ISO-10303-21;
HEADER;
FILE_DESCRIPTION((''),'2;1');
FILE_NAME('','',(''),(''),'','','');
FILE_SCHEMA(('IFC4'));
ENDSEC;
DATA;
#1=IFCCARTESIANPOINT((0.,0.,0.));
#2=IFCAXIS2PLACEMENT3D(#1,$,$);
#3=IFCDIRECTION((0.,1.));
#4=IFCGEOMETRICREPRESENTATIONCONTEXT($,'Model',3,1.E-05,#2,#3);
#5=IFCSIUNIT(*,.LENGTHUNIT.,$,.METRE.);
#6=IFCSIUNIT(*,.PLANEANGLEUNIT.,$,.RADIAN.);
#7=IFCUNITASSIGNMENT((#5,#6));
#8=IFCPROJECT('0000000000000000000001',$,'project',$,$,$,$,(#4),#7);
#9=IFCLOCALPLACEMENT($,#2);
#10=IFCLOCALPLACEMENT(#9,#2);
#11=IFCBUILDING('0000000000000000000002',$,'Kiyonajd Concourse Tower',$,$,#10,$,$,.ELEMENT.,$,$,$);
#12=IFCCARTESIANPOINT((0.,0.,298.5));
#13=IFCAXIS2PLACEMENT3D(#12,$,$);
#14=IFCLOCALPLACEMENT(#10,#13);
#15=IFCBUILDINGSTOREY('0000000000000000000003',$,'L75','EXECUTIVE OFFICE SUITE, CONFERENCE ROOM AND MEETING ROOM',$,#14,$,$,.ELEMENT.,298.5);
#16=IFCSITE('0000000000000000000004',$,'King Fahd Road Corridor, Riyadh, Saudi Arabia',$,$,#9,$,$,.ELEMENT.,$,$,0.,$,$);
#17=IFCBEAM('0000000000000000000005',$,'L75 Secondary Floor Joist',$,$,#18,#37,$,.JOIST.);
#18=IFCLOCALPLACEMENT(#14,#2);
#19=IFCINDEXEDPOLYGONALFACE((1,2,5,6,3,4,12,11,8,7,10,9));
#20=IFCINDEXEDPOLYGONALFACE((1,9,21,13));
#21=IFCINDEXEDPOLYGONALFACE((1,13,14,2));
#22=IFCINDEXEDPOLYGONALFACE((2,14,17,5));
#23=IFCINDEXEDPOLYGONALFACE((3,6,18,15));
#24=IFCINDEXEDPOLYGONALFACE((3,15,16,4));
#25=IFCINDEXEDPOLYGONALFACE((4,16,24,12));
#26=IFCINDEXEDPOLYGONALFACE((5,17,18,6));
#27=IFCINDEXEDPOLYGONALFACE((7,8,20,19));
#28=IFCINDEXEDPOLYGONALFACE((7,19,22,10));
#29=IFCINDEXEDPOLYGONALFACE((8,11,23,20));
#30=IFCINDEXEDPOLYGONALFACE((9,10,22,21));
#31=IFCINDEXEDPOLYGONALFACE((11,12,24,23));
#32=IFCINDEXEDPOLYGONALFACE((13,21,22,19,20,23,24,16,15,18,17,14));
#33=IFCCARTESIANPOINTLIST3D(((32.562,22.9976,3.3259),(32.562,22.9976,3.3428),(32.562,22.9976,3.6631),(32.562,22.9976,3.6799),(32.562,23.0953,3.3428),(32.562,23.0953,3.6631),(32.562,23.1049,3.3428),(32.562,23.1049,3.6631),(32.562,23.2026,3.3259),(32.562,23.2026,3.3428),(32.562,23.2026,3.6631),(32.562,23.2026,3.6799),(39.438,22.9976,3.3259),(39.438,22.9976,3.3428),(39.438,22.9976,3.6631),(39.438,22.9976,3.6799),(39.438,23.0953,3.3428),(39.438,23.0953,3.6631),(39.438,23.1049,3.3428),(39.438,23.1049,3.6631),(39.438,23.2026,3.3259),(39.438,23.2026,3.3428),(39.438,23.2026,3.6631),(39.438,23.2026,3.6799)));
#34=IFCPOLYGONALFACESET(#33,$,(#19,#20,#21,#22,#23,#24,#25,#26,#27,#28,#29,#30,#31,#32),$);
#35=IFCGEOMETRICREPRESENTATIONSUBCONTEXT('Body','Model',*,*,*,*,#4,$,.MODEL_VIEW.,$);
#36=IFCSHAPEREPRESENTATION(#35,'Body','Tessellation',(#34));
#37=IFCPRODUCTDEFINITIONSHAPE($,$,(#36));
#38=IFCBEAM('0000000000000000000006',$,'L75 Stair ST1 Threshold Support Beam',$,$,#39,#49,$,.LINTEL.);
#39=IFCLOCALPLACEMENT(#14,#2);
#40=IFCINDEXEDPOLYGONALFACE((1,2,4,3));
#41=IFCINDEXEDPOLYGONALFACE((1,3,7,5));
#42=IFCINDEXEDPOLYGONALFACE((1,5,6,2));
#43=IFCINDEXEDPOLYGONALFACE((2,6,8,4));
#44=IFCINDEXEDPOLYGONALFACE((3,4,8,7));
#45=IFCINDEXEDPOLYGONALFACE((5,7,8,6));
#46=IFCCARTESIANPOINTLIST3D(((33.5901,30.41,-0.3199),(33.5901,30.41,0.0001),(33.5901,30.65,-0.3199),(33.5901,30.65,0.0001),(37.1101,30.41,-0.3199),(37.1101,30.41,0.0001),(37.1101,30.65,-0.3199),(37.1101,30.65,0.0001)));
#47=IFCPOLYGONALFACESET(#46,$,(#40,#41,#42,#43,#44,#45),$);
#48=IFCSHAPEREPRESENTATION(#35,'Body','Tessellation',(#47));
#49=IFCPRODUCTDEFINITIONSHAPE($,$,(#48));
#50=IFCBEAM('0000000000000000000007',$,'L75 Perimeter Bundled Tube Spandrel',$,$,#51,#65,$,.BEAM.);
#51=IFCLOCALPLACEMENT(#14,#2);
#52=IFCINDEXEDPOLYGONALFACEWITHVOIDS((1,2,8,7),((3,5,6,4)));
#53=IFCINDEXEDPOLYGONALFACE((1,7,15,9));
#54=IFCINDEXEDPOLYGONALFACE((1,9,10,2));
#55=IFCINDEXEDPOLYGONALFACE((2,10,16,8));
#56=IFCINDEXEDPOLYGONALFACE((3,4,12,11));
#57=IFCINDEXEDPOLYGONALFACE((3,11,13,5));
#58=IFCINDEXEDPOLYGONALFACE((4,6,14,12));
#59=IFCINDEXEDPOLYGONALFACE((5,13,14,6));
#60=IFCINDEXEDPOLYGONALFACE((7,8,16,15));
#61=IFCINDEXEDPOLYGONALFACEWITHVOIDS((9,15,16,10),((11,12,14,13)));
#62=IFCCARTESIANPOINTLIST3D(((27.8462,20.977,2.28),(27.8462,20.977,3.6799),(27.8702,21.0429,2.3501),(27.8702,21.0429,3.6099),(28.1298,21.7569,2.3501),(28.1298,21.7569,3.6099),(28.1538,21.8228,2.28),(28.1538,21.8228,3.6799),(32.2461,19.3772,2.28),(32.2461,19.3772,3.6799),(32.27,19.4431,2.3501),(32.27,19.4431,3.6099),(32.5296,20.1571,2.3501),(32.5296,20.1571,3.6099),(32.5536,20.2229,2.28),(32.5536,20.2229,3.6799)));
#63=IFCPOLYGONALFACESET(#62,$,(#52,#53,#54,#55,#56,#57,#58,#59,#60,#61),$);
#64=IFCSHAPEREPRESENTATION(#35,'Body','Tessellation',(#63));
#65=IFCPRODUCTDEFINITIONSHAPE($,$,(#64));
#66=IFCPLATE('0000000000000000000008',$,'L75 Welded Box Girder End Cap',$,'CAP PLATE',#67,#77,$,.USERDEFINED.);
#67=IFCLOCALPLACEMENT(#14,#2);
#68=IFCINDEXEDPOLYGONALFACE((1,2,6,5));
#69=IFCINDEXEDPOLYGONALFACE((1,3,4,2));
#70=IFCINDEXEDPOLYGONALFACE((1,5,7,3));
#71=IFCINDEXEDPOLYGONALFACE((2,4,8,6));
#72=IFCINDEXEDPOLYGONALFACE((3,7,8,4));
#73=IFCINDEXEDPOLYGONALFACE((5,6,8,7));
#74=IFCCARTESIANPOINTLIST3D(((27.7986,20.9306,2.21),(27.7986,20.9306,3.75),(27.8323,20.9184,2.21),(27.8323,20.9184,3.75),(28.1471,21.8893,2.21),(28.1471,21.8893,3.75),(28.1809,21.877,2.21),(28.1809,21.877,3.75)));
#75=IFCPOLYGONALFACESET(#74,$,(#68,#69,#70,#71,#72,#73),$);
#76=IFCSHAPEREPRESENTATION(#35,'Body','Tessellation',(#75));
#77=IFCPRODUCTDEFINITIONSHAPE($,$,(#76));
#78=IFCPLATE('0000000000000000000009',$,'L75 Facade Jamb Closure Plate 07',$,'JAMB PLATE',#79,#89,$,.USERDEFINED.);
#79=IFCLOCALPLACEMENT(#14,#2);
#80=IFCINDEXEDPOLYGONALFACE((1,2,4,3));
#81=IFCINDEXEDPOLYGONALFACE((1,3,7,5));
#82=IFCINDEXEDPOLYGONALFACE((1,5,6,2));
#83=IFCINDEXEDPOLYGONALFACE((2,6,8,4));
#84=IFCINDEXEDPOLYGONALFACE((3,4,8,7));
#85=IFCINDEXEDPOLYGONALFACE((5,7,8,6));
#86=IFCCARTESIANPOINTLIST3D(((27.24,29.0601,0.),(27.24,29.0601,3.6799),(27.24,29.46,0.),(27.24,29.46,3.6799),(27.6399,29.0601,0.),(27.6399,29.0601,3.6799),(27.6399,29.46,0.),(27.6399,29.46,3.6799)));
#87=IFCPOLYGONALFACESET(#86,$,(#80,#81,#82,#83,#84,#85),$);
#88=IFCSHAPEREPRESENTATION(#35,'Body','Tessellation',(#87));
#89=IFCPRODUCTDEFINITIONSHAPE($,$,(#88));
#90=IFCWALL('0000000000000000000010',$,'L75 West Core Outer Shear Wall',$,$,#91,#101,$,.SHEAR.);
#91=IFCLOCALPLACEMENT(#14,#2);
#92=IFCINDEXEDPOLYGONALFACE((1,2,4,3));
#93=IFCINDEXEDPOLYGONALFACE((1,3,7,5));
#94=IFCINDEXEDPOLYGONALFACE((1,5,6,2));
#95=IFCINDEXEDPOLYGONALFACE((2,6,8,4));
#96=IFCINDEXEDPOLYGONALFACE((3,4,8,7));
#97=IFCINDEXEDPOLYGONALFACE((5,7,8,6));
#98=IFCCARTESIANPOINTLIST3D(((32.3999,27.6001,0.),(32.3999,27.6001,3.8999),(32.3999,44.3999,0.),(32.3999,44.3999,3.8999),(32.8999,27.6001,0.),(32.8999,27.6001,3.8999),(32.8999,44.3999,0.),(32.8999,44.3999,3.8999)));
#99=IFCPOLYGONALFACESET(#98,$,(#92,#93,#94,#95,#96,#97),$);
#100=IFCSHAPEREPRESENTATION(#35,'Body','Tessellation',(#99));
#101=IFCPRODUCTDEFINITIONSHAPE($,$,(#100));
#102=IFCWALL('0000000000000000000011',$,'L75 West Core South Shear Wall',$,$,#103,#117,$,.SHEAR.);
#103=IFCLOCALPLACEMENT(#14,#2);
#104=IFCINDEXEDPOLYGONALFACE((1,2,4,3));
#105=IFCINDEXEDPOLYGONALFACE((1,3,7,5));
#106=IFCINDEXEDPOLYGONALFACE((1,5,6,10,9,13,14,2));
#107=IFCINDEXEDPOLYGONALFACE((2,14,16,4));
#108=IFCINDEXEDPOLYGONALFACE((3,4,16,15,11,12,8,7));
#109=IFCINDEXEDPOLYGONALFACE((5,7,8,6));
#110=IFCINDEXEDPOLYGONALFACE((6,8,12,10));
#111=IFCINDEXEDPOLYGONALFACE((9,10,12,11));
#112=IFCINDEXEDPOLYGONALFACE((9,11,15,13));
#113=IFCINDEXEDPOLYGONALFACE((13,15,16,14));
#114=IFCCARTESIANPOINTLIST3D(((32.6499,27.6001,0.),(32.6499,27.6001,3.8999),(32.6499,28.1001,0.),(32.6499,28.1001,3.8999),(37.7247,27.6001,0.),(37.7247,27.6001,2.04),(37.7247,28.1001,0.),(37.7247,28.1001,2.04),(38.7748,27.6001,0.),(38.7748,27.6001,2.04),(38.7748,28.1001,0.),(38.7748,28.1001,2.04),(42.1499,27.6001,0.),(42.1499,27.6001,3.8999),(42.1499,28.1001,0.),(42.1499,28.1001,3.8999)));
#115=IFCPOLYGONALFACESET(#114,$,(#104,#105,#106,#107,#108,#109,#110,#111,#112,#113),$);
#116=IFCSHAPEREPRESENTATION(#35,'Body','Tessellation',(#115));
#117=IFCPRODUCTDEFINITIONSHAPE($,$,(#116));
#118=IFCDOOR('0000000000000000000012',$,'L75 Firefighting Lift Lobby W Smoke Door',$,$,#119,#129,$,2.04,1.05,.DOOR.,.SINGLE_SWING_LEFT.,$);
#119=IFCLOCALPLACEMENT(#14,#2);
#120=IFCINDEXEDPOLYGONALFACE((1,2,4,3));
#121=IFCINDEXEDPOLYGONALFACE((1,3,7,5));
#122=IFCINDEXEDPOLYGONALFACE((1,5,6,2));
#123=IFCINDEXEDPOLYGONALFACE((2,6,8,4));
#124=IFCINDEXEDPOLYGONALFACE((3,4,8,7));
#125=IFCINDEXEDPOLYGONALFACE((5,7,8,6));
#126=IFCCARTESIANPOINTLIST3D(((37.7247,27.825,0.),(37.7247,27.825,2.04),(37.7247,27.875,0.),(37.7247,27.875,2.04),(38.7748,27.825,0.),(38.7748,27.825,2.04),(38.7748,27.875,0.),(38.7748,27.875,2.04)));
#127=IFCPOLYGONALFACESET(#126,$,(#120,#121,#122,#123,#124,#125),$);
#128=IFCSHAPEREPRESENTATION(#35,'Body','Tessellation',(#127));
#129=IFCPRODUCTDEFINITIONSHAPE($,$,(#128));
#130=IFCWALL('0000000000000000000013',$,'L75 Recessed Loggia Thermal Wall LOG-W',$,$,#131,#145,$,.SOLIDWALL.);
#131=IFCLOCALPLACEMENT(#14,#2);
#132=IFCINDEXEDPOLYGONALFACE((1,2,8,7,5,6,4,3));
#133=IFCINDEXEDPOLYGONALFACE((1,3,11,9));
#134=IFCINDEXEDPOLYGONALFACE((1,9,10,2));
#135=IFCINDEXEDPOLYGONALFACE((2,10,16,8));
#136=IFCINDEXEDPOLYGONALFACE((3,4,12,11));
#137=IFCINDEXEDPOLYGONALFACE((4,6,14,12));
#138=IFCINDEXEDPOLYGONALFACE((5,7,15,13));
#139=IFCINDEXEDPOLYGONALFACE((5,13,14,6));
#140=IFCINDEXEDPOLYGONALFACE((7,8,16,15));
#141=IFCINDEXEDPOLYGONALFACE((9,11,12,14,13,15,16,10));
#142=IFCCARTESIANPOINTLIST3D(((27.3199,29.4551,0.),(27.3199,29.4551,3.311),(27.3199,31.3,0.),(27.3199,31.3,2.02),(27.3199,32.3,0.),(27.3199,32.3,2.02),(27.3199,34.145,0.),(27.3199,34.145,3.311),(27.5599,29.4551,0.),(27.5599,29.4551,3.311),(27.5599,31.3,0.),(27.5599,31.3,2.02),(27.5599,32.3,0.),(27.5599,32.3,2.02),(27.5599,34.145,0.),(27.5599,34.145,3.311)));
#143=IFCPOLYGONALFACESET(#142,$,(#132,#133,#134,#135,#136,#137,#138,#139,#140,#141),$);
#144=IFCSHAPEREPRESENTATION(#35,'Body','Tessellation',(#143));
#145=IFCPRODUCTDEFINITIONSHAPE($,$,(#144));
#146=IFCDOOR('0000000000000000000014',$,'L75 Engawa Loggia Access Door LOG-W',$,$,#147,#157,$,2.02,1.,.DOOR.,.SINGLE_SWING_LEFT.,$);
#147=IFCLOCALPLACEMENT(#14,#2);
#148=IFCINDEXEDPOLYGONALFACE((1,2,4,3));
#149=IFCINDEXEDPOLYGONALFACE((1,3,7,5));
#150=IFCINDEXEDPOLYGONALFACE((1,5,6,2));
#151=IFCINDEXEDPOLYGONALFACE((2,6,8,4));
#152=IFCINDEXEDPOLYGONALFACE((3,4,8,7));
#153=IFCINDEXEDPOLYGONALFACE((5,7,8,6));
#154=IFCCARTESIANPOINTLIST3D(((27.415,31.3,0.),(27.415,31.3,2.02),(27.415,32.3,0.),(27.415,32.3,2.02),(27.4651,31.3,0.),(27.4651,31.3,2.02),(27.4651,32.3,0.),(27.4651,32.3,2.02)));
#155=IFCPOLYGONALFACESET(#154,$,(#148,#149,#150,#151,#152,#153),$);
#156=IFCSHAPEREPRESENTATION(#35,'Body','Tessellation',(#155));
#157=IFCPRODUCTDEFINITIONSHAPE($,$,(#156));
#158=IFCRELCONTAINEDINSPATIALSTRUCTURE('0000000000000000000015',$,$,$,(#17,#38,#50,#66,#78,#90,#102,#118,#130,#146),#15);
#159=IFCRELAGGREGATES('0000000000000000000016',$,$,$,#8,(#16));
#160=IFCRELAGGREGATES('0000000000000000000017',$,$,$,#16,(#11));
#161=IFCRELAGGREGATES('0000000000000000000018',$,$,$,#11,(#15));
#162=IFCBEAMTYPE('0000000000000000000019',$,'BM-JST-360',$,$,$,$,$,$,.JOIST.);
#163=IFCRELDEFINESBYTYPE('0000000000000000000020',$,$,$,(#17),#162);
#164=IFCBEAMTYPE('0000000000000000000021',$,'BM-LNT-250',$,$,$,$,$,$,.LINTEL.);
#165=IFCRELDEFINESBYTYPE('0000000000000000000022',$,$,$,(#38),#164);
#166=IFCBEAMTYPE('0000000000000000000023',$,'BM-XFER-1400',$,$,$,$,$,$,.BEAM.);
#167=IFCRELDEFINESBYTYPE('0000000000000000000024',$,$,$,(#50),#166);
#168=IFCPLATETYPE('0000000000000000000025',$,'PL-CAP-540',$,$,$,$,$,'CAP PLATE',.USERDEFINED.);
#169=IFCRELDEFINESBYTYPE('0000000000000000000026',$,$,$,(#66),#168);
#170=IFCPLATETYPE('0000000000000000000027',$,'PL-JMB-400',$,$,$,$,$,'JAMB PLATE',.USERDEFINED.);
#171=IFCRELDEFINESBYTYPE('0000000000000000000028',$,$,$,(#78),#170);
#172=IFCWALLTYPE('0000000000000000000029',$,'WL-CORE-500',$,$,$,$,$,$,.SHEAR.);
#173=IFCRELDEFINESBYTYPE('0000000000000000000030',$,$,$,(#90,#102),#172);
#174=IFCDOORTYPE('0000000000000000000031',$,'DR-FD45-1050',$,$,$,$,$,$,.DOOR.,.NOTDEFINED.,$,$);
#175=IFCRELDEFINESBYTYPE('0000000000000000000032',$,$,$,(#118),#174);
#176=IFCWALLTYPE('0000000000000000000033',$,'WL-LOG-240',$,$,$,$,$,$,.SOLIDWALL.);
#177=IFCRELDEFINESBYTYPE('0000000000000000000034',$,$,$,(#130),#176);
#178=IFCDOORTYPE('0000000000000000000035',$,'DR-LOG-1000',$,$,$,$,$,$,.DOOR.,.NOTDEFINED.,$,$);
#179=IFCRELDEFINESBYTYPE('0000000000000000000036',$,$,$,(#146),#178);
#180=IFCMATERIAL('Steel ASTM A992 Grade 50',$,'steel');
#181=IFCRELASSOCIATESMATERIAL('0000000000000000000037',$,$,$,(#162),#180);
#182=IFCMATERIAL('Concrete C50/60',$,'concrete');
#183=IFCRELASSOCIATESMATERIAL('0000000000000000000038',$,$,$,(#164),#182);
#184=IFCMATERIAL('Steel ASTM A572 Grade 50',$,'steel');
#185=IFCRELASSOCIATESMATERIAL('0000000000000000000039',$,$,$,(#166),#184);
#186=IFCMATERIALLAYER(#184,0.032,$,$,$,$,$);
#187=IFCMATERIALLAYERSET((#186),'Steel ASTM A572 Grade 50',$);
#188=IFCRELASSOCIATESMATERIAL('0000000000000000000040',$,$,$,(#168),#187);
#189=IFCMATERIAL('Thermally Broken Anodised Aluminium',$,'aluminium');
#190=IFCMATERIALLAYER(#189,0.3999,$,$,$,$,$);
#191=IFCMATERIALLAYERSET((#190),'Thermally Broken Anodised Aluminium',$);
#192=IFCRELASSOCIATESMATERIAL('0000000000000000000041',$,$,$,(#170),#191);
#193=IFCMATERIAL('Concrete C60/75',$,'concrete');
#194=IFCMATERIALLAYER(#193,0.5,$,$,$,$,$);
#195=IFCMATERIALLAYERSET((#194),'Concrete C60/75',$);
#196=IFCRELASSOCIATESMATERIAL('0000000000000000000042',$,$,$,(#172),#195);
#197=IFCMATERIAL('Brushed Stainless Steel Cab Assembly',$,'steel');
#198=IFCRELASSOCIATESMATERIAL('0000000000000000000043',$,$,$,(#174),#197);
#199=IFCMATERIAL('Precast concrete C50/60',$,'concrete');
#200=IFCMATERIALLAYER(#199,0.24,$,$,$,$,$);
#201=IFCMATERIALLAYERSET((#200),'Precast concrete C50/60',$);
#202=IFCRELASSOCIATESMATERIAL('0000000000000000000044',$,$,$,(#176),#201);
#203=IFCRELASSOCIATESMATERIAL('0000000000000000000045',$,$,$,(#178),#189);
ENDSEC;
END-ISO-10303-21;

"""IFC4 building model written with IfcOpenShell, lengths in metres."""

from ifc_helpers import new_model, si_unit, direction, frame, frame_2d, origin, origin_2d, place, context, subcontext, project, spatial, rectangle, hollow_rectangle, i_section, extrude, material, layer, layer_set, material_profile, profile_set, type_object, element, fill, save


model = new_model("IFC4")

# Units and contexts
model_context = context("Model", 3, precision=1e-05, world=origin(), true_north=direction((0.0, 1.0)))
body_context = subcontext(model_context, "Body", "Model", "MODEL_VIEW")
ifc_project = project(units=[si_unit("LENGTHUNIT", "METRE"), si_unit("PLANEANGLEUNIT", "RADIAN")], contexts=[model_context])

# Site, building, storey
site_placement = place(None, origin())
site = spatial("IfcSite", under=ifc_project, at=site_placement, Name="King Fahd Road Corridor, Riyadh, Saudi Arabia", CompositionType="ELEMENT", RefElevation=0.0)
building_placement = place(site_placement, origin())
building = spatial("IfcBuilding", under=site, at=building_placement, Name="Kiyonajd Concourse Tower", CompositionType="ELEMENT")
storey_placement = place(building_placement, frame((0.0, 0.0, 298.5)))
storey = spatial("IfcBuildingStorey", under=building, at=storey_placement, Name="L75", Description="EXECUTIVE OFFICE SUITE, CONFERENCE ROOM AND MEETING ROOM", CompositionType="ELEMENT", Elevation=298.5)

# Beams
ifc_material_1 = material(Name="Steel ASTM A992 Grade 50", Category="steel")
ifc_material_profile_1 = material_profile(ifc_material_1, i_section(OverallWidth=0.2051, OverallDepth=0.354, WebThickness=0.0095, FlangeThickness=0.0168, at=origin_2d()), Name="W360X79")
ifc_profile_set_1 = profile_set([ifc_material_profile_1], Name="Steel ASTM A992 Grade 50")
beam_type_1 = type_object("IfcBeamType", Name="BM-JST-360", PredefinedType="JOIST", material=ifc_profile_set_1)
beam_1_placement = place(storey_placement, frame((32.562, 23.1001, 3.5029), z_axis=(1.0, 0.0, 0.0), x_axis=(0.0, 1.0, 0.0)))
element("IfcBeam", 1, at=beam_1_placement, inside=storey, type_object=beam_type_1, Name="L75 Secondary Floor Joist", PredefinedType="JOIST", context=body_context, shape_type="SweptSolid", body=[
    extrude(i_section(OverallWidth=0.2051, OverallDepth=0.354, WebThickness=0.0095, FlangeThickness=0.0168, at=origin_2d()), origin(), (0.0, 0.0, 1.0), 6.876),
])
ifc_material_2 = material(Name="Concrete C50/60", Category="concrete")
ifc_material_profile_2 = material_profile(ifc_material_2, rectangle(XDim=0.24, YDim=0.3201, at=origin_2d()), Name="RCBM-240x320")
ifc_profile_set_2 = profile_set([ifc_material_profile_2], Name="Concrete C50/60")
beam_type_2 = type_object("IfcBeamType", Name="BM-LNT-250", PredefinedType="LINTEL", material=ifc_profile_set_2)
beam_2_placement = place(storey_placement, frame((33.5901, 30.53, -0.1599), z_axis=(1.0, 0.0, 0.0), x_axis=(0.0, 1.0, 0.0)))
element("IfcBeam", 2, at=beam_2_placement, inside=storey, type_object=beam_type_2, Name="L75 Stair ST1 Threshold Support Beam", PredefinedType="LINTEL", context=body_context, shape_type="SweptSolid", body=[
    extrude(rectangle(XDim=0.24, YDim=0.3201, at=origin_2d()), origin(), (0.0, 0.0, 1.0), 3.52),
])
ifc_material_3 = material(Name="Steel ASTM A572 Grade 50", Category="steel")
ifc_material_profile_3 = material_profile(ifc_material_3, hollow_rectangle(XDim=0.8999, YDim=1.3999, WallThickness=0.0701, at=origin_2d()), Name="BOX-1400x900x70")
ifc_profile_set_3 = profile_set([ifc_material_profile_3], Name="Steel ASTM A572 Grade 50")
beam_type_3 = type_object("IfcBeamType", Name="BM-XFER-1400", PredefinedType="BEAM", material=ifc_profile_set_3)
beam_3_placement = place(storey_placement, frame((28.0, 21.3999, 2.98), z_axis=(0.939801, -0.341722, 0.0), x_axis=(0.341722, 0.939801, 0.0)))
element("IfcBeam", 3, at=beam_3_placement, inside=storey, type_object=beam_type_3, Name="L75 Perimeter Bundled Tube Spandrel", PredefinedType="BEAM", context=body_context, shape_type="SweptSolid", body=[
    extrude(hollow_rectangle(XDim=0.8999, YDim=1.3999, WallThickness=0.0701, at=origin_2d()), origin(), (0.0, 0.0, 1.0), 4.6816),
])

# Plates
ifc_layer_1 = layer(ifc_material_3, 0.032)
ifc_layer_set_1 = layer_set([ifc_layer_1], Name="Steel ASTM A572 Grade 50")
plate_type_1 = type_object("IfcPlateType", Name="PL-CAP-540", ElementType="CAP PLATE", PredefinedType="USERDEFINED", material=ifc_layer_set_1)
plate_1_placement = place(storey_placement, frame((27.9897, 21.4038, 2.21), z_axis=(0.0, 0.0, 1.0), x_axis=(-0.939812, 0.341692, 0.0)))
element("IfcPlate", 4, at=plate_1_placement, inside=storey, type_object=plate_type_1, Name="L75 Welded Box Girder End Cap", ObjectType="CAP PLATE", PredefinedType="USERDEFINED", context=body_context, shape_type="SweptSolid", body=[
    extrude(rectangle(XDim=0.0359, YDim=1.02, at=origin_2d()), origin(), (0.0, 0.0, 1.0), 1.54),
])
ifc_material_4 = material(Name="Thermally Broken Anodised Aluminium", Category="aluminium")
ifc_layer_2 = layer(ifc_material_4, 0.3999)
ifc_layer_set_2 = layer_set([ifc_layer_2], Name="Thermally Broken Anodised Aluminium")
plate_type_2 = type_object("IfcPlateType", Name="PL-JMB-400", ElementType="JAMB PLATE", PredefinedType="USERDEFINED", material=ifc_layer_set_2)
plate_2_placement = place(storey_placement, frame((27.4399, 29.26, 0.0), z_axis=(0.0, 0.0, 1.0), x_axis=(1.0, 0.0, 0.0)))
element("IfcPlate", 5, at=plate_2_placement, inside=storey, type_object=plate_type_2, Name="L75 Facade Jamb Closure Plate 07", ObjectType="JAMB PLATE", PredefinedType="USERDEFINED", context=body_context, shape_type="SweptSolid", body=[
    extrude(rectangle(XDim=0.3999, YDim=0.3999, at=origin_2d()), origin(), (0.0, 0.0, 1.0), 3.6799),
])

# Wall
ifc_material_5 = material(Name="Concrete C60/75", Category="concrete")
ifc_layer_3 = layer(ifc_material_5, 0.5)
ifc_layer_set_3 = layer_set([ifc_layer_3], Name="Concrete C60/75")
wall_type_1 = type_object("IfcWallType", Name="WL-CORE-500", PredefinedType="SHEAR", material=ifc_layer_set_3)
wall_1_placement = place(storey_placement, frame((32.6499, 27.6001, 0.0), z_axis=(0.0, 0.0, 1.0), x_axis=(0.0, 1.0, 0.0)))
element("IfcWall", 6, at=wall_1_placement, inside=storey, type_object=wall_type_1, Name="L75 West Core Outer Shear Wall", PredefinedType="SHEAR", context=body_context, shape_type="SweptSolid", body=[
    extrude(rectangle(XDim=16.7998, YDim=0.5, at=frame_2d((8.3999, 0.0))), origin(), (0.0, 0.0, 1.0), 3.8999),
])

# Walls, openings, doors
wall_2_placement = place(storey_placement, frame((32.6499, 27.8501, 0.0), z_axis=(0.0, 0.0, 1.0), x_axis=(1.0, 0.0, 0.0)))
wall_2 = element("IfcWall", 7, at=wall_2_placement, inside=storey, type_object=wall_type_1, Name="L75 West Core South Shear Wall", PredefinedType="SHEAR", context=body_context, shape_type="SweptSolid", body=[
    extrude(rectangle(XDim=9.5, YDim=0.5, at=frame_2d((4.75, 0.0))), origin(), (0.0, 0.0, 1.0), 3.8999),
])
opening_1_placement = place(wall_2_placement, frame((5.075, 0.0, 0.0)))
opening_1 = element("IfcOpeningElement", 8, at=opening_1_placement, cuts=wall_2, PredefinedType="OPENING", context=body_context, shape_type="SweptSolid", body=[
    extrude(rectangle(XDim=1.05, YDim=2.04, at=frame_2d((0.5249, 1.02))), frame((0.0, 0.26, 0.0), z_axis=(0.0, -1.0, 0.0), x_axis=(1.0, 0.0, 0.0)), (0.0, 0.0, 1.0), 0.52),
])
ifc_material_6 = material(Name="Brushed Stainless Steel Cab Assembly", Category="steel")
door_type_1 = type_object("IfcDoorType", Name="DR-FD45-1050", OperationType="NOTDEFINED", PredefinedType="DOOR", material=ifc_material_6)
door_1_placement = place(opening_1_placement, origin())
door_1 = element("IfcDoor", 9, at=door_1_placement, inside=storey, type_object=door_type_1, Name="L75 Firefighting Lift Lobby W Smoke Door", OperationType="SINGLE_SWING_LEFT", OverallHeight=2.04, OverallWidth=1.05, PredefinedType="DOOR", context=body_context, shape_type="SweptSolid", body=[
    extrude(rectangle(XDim=1.05, YDim=2.04, at=frame_2d((0.5249, 1.02))), frame((0.0, 0.0249, 0.0), z_axis=(0.0, -1.0, 0.0), x_axis=(1.0, 0.0, 0.0)), (0.0, 0.0, 1.0), 0.05),
])
fill(opening_1, door_1)
ifc_material_7 = material(Name="Precast concrete C50/60", Category="concrete")
ifc_layer_4 = layer(ifc_material_7, 0.24)
ifc_layer_set_4 = layer_set([ifc_layer_4], Name="Precast concrete C50/60")
wall_type_2 = type_object("IfcWallType", Name="WL-LOG-240", PredefinedType="SOLIDWALL", material=ifc_layer_set_4)
wall_3_placement = place(storey_placement, frame((27.4399, 29.4551, 0.0), z_axis=(0.0, 0.0, 1.0), x_axis=(0.0, 1.0, 0.0)))
wall_3 = element("IfcWall", 10, at=wall_3_placement, inside=storey, type_object=wall_type_2, Name="L75 Recessed Loggia Thermal Wall LOG-W", PredefinedType="SOLIDWALL", context=body_context, shape_type="SweptSolid", body=[
    extrude(rectangle(XDim=4.6899, YDim=0.24, at=frame_2d((2.345, 0.0))), origin(), (0.0, 0.0, 1.0), 3.311),
])
opening_2_placement = place(wall_3_placement, frame((1.845, 0.0, 0.0)))
opening_2 = element("IfcOpeningElement", 11, at=opening_2_placement, cuts=wall_3, PredefinedType="OPENING", context=body_context, shape_type="SweptSolid", body=[
    extrude(rectangle(XDim=1.0, YDim=2.02, at=frame_2d((0.5, 1.01))), frame((0.0, 0.1299, 0.0), z_axis=(0.0, -1.0, 0.0), x_axis=(1.0, 0.0, 0.0)), (0.0, 0.0, 1.0), 0.26),
])
door_type_2 = type_object("IfcDoorType", Name="DR-LOG-1000", OperationType="NOTDEFINED", PredefinedType="DOOR", material=ifc_material_4)
door_2_placement = place(opening_2_placement, origin())
door_2 = element("IfcDoor", 12, at=door_2_placement, inside=storey, type_object=door_type_2, Name="L75 Engawa Loggia Access Door LOG-W", OperationType="SINGLE_SWING_LEFT", OverallHeight=2.02, OverallWidth=1.0, PredefinedType="DOOR", context=body_context, shape_type="SweptSolid", body=[
    extrude(rectangle(XDim=1.0, YDim=2.02, at=frame_2d((0.5, 1.01))), frame((0.0, 0.0249, 0.0), z_axis=(0.0, -1.0, 0.0), x_axis=(1.0, 0.0, 0.0)), (0.0, 0.0, 1.0), 0.05),
])
fill(opening_2, door_2)

save(model, "model.ifc")
